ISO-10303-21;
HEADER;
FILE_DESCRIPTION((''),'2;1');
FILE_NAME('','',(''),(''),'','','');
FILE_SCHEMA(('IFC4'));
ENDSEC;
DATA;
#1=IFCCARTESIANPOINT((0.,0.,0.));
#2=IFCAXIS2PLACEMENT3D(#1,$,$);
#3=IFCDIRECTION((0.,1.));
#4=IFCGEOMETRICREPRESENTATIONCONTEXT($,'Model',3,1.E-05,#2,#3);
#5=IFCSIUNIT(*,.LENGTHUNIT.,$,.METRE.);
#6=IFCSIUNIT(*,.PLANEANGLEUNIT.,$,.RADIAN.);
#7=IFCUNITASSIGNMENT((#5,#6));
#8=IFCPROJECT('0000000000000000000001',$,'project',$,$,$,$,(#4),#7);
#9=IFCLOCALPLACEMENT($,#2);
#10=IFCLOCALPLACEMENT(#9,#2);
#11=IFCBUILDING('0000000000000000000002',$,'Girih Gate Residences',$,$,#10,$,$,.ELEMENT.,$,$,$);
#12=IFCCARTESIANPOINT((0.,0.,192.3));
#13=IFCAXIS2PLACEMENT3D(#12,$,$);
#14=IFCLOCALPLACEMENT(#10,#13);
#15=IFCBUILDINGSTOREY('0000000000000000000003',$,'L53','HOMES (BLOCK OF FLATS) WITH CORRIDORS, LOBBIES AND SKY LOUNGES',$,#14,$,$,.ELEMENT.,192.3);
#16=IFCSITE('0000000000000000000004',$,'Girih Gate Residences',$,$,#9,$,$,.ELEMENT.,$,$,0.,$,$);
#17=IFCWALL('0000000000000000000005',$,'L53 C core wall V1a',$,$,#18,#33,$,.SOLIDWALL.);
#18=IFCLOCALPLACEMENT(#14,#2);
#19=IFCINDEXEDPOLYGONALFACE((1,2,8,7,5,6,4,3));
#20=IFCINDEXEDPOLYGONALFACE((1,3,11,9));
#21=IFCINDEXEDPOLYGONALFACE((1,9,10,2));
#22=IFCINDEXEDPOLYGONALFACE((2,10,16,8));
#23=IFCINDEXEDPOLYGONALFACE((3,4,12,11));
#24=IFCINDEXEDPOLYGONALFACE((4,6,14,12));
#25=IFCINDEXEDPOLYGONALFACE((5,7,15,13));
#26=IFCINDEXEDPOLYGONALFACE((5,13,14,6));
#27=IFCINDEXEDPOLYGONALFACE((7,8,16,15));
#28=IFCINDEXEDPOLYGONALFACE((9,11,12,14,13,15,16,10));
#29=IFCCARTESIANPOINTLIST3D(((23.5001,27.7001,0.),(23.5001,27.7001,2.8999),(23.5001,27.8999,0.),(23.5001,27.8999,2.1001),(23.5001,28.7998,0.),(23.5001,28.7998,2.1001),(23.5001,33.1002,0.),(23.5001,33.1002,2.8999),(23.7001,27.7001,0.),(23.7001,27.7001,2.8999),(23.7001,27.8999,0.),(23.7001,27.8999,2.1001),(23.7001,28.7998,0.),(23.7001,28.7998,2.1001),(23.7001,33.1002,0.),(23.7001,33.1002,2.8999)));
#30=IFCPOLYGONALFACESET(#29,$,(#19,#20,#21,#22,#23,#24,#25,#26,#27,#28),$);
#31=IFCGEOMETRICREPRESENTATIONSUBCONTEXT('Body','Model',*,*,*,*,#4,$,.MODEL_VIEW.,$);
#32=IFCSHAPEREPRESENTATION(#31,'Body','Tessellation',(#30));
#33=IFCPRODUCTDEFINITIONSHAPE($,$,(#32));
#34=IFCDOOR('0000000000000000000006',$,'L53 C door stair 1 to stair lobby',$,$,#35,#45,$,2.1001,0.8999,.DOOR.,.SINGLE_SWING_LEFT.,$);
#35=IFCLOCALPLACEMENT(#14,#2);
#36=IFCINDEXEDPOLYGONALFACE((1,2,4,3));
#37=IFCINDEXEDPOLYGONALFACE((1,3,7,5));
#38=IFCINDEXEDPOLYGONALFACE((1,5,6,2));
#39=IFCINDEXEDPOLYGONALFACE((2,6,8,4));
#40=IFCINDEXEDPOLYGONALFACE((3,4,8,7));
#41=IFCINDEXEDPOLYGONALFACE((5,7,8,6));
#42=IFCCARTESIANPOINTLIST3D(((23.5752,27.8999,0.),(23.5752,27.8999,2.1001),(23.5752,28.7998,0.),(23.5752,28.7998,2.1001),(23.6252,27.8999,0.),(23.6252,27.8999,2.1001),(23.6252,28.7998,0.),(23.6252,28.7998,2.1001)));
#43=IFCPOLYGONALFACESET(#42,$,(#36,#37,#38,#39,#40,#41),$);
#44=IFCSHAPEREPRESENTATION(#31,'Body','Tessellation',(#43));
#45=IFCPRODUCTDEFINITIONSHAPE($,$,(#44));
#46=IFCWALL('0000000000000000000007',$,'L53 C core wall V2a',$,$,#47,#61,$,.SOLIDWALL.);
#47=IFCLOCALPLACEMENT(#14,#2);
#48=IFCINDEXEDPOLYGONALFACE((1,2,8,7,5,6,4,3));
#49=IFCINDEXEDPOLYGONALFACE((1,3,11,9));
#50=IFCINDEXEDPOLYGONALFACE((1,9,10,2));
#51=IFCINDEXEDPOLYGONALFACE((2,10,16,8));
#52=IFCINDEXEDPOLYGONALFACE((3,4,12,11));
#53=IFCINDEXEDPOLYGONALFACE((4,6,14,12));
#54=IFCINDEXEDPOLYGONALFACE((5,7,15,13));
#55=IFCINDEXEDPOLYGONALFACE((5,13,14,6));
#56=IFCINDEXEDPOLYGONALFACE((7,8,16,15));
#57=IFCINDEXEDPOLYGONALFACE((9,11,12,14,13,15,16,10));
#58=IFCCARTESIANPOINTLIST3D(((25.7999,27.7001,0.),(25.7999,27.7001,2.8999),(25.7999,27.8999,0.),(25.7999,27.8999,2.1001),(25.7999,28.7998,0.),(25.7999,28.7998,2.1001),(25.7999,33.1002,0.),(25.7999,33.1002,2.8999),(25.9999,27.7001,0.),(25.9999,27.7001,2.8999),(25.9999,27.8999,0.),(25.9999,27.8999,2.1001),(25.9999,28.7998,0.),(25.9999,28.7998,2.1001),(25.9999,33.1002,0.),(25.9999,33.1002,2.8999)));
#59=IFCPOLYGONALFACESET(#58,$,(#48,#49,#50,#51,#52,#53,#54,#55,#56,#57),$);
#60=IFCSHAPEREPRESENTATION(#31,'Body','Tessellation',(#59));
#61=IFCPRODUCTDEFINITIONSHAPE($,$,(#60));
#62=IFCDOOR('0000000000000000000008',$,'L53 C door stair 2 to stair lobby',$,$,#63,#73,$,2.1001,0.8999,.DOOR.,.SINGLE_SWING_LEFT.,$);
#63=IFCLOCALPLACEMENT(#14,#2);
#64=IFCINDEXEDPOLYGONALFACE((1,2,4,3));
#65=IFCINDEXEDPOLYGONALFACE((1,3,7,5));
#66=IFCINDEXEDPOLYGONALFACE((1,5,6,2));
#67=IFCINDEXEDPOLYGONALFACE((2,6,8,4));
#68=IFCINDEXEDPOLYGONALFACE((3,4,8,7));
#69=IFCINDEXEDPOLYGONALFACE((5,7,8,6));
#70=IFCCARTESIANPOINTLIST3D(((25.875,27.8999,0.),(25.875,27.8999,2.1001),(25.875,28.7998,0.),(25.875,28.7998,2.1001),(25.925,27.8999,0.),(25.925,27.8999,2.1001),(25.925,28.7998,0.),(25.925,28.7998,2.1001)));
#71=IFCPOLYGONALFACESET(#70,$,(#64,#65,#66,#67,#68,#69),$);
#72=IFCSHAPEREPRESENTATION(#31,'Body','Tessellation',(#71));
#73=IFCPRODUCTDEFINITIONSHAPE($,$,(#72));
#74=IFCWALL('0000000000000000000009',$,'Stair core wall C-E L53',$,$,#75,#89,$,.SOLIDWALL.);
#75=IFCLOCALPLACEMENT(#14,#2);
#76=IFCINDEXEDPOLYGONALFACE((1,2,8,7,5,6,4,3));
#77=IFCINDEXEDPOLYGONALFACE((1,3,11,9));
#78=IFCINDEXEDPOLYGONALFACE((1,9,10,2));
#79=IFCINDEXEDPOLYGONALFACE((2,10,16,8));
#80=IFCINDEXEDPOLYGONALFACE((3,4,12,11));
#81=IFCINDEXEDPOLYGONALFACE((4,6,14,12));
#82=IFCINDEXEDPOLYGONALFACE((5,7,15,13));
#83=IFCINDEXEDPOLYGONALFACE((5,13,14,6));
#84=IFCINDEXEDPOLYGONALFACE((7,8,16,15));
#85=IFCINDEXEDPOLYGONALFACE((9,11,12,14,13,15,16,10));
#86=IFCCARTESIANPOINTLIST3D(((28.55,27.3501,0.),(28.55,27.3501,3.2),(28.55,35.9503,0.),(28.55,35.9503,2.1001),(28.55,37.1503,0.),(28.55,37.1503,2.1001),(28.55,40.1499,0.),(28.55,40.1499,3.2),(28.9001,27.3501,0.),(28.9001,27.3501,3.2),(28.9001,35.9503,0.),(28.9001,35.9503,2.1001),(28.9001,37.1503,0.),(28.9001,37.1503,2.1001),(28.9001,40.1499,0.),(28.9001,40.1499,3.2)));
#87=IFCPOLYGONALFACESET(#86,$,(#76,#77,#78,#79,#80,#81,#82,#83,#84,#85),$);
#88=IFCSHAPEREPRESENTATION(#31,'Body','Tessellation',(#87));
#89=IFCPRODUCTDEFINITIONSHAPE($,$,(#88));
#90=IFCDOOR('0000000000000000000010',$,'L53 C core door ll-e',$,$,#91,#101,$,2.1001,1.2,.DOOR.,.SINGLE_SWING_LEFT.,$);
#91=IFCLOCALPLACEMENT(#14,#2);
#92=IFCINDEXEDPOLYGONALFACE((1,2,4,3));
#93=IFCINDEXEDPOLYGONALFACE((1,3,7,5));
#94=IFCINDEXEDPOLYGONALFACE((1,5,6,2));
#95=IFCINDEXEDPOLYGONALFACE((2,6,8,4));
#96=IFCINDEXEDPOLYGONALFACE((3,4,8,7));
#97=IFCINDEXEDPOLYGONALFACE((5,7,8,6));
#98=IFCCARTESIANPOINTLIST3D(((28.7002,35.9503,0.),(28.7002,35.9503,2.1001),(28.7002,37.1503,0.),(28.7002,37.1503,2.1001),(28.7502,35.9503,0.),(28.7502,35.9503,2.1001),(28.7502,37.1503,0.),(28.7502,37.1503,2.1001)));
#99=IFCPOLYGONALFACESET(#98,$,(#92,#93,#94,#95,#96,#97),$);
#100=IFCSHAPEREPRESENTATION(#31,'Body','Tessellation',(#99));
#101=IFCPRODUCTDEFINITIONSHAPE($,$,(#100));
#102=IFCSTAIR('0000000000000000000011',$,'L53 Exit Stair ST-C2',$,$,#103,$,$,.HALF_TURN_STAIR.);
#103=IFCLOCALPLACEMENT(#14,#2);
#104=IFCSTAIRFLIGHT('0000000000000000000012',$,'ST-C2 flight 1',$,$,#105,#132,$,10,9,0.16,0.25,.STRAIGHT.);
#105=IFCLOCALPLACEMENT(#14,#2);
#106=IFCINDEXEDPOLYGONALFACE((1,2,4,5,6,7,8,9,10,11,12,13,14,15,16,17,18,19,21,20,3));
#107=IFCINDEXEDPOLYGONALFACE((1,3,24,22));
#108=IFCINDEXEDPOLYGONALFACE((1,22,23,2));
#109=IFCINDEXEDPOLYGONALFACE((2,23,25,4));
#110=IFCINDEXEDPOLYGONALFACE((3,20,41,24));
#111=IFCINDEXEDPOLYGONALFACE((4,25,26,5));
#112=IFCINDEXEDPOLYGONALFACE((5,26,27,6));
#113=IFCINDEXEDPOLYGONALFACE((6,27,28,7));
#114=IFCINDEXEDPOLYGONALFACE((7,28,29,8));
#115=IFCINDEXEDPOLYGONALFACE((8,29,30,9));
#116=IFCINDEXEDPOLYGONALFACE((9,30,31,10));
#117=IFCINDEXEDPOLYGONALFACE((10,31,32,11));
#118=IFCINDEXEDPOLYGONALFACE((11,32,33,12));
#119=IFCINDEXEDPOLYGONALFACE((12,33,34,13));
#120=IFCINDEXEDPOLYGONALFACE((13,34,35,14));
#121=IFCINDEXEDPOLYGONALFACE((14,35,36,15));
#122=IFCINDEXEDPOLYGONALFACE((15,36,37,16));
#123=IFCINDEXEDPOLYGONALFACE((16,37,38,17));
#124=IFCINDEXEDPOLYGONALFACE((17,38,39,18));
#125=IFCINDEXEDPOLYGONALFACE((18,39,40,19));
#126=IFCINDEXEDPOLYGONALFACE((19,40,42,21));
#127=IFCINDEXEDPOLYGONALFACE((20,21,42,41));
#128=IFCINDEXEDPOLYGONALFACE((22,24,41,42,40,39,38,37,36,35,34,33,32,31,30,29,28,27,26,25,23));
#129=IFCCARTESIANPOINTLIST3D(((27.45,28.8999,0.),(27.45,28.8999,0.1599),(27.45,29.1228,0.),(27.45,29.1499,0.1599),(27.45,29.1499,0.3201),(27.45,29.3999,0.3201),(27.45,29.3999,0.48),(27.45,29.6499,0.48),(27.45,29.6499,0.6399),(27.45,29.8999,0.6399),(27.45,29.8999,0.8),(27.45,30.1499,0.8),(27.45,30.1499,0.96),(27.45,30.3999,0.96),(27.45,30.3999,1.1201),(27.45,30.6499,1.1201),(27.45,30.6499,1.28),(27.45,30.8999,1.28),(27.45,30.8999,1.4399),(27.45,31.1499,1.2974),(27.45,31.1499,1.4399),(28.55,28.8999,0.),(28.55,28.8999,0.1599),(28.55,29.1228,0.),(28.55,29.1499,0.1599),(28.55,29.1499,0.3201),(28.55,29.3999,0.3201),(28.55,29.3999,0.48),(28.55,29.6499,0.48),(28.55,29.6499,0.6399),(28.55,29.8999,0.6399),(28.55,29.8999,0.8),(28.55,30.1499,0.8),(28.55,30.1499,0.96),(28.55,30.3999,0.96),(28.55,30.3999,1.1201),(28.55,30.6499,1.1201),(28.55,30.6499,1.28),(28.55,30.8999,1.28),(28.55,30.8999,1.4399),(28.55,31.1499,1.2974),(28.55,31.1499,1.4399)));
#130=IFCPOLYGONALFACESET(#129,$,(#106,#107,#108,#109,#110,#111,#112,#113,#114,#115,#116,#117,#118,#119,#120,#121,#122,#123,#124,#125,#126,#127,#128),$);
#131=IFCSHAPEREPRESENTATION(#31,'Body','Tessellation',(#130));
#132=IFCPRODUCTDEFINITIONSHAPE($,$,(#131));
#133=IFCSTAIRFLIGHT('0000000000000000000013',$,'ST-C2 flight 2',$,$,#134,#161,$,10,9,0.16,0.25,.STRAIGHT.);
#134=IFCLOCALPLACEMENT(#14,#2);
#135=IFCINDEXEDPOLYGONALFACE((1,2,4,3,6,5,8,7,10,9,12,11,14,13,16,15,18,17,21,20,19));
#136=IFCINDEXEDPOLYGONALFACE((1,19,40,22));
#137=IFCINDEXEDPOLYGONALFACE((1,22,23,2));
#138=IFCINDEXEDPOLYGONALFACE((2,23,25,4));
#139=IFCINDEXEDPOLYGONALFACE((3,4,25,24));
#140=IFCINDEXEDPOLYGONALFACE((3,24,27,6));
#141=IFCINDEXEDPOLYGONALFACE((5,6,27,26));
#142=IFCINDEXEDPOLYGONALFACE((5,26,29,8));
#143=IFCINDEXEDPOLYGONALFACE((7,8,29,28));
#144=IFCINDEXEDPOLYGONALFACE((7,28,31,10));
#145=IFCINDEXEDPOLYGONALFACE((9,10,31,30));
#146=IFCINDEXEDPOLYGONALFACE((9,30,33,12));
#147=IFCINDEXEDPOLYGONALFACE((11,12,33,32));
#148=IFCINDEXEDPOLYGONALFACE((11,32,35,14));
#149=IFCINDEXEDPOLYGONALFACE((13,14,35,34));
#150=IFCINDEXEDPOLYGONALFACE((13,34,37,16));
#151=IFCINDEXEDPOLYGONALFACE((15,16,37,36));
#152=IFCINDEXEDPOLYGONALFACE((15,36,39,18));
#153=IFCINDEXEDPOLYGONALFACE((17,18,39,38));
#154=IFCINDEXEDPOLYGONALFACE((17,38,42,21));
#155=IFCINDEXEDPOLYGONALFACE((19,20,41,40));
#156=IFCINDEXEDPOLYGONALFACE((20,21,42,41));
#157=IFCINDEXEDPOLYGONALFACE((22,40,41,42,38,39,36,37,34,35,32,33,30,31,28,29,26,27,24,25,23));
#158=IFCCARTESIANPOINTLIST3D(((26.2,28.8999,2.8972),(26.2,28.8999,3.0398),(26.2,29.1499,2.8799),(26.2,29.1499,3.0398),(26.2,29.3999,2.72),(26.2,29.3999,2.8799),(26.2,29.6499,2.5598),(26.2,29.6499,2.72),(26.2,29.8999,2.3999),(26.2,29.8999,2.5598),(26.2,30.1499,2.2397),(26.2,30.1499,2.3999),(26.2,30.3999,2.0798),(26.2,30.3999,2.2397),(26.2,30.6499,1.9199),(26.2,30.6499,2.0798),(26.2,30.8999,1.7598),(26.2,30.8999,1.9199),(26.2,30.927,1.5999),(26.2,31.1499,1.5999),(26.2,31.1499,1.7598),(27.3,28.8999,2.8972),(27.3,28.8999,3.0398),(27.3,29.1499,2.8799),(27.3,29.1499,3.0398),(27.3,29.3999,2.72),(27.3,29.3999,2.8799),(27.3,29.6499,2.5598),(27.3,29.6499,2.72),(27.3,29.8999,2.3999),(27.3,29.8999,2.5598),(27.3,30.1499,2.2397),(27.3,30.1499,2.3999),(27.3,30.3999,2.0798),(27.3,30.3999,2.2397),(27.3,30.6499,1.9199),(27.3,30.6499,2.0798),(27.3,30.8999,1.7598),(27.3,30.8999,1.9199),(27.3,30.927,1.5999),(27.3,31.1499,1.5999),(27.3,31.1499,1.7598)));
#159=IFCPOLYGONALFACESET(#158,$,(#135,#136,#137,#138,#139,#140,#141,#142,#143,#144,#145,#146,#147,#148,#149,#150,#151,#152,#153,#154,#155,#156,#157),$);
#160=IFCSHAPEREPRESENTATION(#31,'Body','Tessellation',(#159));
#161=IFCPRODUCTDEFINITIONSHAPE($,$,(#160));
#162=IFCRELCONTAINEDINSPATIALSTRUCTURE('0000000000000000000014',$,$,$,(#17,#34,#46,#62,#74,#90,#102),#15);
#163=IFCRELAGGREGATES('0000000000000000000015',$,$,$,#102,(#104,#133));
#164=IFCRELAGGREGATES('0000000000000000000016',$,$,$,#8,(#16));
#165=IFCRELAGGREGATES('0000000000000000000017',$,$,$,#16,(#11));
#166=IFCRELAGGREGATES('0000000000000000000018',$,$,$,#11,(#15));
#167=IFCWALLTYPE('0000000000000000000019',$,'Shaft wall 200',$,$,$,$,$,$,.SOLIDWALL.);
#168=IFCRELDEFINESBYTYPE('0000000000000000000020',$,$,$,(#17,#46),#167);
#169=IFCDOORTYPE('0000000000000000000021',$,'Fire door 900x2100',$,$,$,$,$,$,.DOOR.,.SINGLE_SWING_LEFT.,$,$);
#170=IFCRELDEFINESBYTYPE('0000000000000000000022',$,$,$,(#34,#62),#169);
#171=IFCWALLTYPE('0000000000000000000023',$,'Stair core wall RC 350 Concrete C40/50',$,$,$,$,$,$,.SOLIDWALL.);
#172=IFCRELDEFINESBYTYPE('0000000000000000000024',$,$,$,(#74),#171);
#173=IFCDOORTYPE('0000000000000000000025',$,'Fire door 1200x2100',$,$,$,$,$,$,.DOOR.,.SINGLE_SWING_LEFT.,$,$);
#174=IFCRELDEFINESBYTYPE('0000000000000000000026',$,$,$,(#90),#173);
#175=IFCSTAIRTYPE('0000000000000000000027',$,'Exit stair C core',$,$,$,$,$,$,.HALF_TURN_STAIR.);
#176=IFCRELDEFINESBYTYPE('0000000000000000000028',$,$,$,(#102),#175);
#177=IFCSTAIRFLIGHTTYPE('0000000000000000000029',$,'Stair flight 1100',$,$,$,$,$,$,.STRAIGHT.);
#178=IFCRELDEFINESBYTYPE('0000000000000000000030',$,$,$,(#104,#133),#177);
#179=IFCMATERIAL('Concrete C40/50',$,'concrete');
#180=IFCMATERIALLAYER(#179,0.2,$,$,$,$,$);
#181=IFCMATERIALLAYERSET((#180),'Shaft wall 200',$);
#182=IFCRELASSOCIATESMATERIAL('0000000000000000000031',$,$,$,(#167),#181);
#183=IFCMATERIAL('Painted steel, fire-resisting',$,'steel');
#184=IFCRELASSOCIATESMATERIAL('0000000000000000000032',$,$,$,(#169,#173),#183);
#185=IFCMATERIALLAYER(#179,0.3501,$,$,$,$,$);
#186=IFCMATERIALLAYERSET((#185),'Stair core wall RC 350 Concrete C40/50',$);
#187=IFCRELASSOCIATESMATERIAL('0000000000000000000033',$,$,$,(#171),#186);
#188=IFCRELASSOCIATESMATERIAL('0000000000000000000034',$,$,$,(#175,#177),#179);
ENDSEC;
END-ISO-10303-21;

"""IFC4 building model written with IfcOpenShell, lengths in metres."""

from ifc_helpers import new_model, si_unit, direction, frame, frame_2d, origin, place, context, subcontext, project, spatial, polyline, rectangle, outline, extrude, material, layer, layer_set, type_object, element, fill, aggregate, save


model = new_model("IFC4")

# Units and contexts
model_context = context("Model", 3, precision=1e-05, world=origin(), true_north=direction((0.0, 1.0)))
body_context = subcontext(model_context, "Body", "Model", "MODEL_VIEW")
ifc_project = project(units=[si_unit("LENGTHUNIT", "METRE"), si_unit("PLANEANGLEUNIT", "RADIAN")], contexts=[model_context])

# Site, building, storey
site_placement = place(None, origin())
site = spatial("IfcSite", under=ifc_project, at=site_placement, Name="Girih Gate Residences", CompositionType="ELEMENT", RefElevation=0.0)
building_placement = place(site_placement, origin())
building = spatial("IfcBuilding", under=site, at=building_placement, Name="Girih Gate Residences", CompositionType="ELEMENT")
storey_placement = place(building_placement, frame((0.0, 0.0, 192.3)))
storey = spatial("IfcBuildingStorey", under=building, at=storey_placement, Name="L53", Description="HOMES (BLOCK OF FLATS) WITH CORRIDORS, LOBBIES AND SKY LOUNGES", CompositionType="ELEMENT", Elevation=192.3)

# Walls, openings, doors
ifc_material_1 = material(Name="Concrete C40/50", Category="concrete")
ifc_layer_1 = layer(ifc_material_1, 0.2)
ifc_layer_set_1 = layer_set([ifc_layer_1], Name="Shaft wall 200")
wall_type_1 = type_object("IfcWallType", Name="Shaft wall 200", PredefinedType="SOLIDWALL", material=ifc_layer_set_1)
wall_1_placement = place(storey_placement, frame((23.6001, 27.7, 0.0), z_axis=(0.0, 0.0, 1.0), x_axis=(0.0, 1.0, 0.0)))
wall_1 = element("IfcWall", 1, at=wall_1_placement, inside=storey, type_object=wall_type_1, Name="L53 C core wall V1a", PredefinedType="SOLIDWALL", context=body_context, shape_type="SweptSolid", body=[
    extrude(rectangle(XDim=5.4001, YDim=0.2, at=frame_2d((2.7002, 0.0))), origin(), (0.0, 0.0, 1.0), 2.8999),
])
opening_1_placement = place(wall_1_placement, frame((0.2, 0.0, 0.0)))
opening_1 = element("IfcOpeningElement", 2, at=opening_1_placement, cuts=wall_1, PredefinedType="OPENING", context=body_context, shape_type="SweptSolid", body=[
    extrude(rectangle(XDim=0.8999, YDim=2.1001, at=frame_2d((0.45, 1.05))), frame((0.0, 0.1099, 0.0), z_axis=(0.0, -1.0, 0.0), x_axis=(1.0, 0.0, 0.0)), (0.0, 0.0, 1.0), 0.22),
])
ifc_material_2 = material(Name="Painted steel, fire-resisting", Category="steel")
door_type_1 = type_object("IfcDoorType", Name="Fire door 900x2100", OperationType="SINGLE_SWING_LEFT", PredefinedType="DOOR", material=ifc_material_2)
door_1_placement = place(opening_1_placement, origin())
door_1 = element("IfcDoor", 3, at=door_1_placement, inside=storey, type_object=door_type_1, Name="L53 C door stair 1 to stair lobby", OperationType="SINGLE_SWING_LEFT", OverallHeight=2.1001, OverallWidth=0.8999, PredefinedType="DOOR", context=body_context, shape_type="SweptSolid", body=[
    extrude(rectangle(XDim=0.8999, YDim=2.1001, at=frame_2d((0.45, 1.05))), frame((0.0, 0.0249, 0.0), z_axis=(0.0, -1.0, 0.0), x_axis=(1.0, 0.0, 0.0)), (0.0, 0.0, 1.0), 0.05),
])
fill(opening_1, door_1)
wall_2_placement = place(storey_placement, frame((25.8999, 27.7, 0.0), z_axis=(0.0, 0.0, 1.0), x_axis=(0.0, 1.0, 0.0)))
wall_2 = element("IfcWall", 4, at=wall_2_placement, inside=storey, type_object=wall_type_1, Name="L53 C core wall V2a", PredefinedType="SOLIDWALL", context=body_context, shape_type="SweptSolid", body=[
    extrude(rectangle(XDim=5.4001, YDim=0.2, at=frame_2d((2.7002, 0.0))), origin(), (0.0, 0.0, 1.0), 2.8999),
])
opening_2_placement = place(wall_2_placement, frame((0.2, 0.0, 0.0)))
opening_2 = element("IfcOpeningElement", 5, at=opening_2_placement, cuts=wall_2, PredefinedType="OPENING", context=body_context, shape_type="SweptSolid", body=[
    extrude(rectangle(XDim=0.8999, YDim=2.1001, at=frame_2d((0.45, 1.05))), frame((0.0, 0.1099, 0.0), z_axis=(0.0, -1.0, 0.0), x_axis=(1.0, 0.0, 0.0)), (0.0, 0.0, 1.0), 0.22),
])
door_2_placement = place(opening_2_placement, origin())
door_2 = element("IfcDoor", 6, at=door_2_placement, inside=storey, type_object=door_type_1, Name="L53 C door stair 2 to stair lobby", OperationType="SINGLE_SWING_LEFT", OverallHeight=2.1001, OverallWidth=0.8999, PredefinedType="DOOR", context=body_context, shape_type="SweptSolid", body=[
    extrude(rectangle(XDim=0.8999, YDim=2.1001, at=frame_2d((0.45, 1.05))), frame((0.0, 0.0249, 0.0), z_axis=(0.0, -1.0, 0.0), x_axis=(1.0, 0.0, 0.0)), (0.0, 0.0, 1.0), 0.05),
])
fill(opening_2, door_2)
ifc_layer_2 = layer(ifc_material_1, 0.3501)
ifc_layer_set_2 = layer_set([ifc_layer_2], Name="Stair core wall RC 350 Concrete C40/50")
wall_type_2 = type_object("IfcWallType", Name="Stair core wall RC 350 Concrete C40/50", PredefinedType="SOLIDWALL", material=ifc_layer_set_2)
wall_3_placement = place(storey_placement, frame((28.7251, 27.3501, 0.0), z_axis=(0.0, 0.0, 1.0), x_axis=(0.0, 1.0, 0.0)))
wall_3 = element("IfcWall", 7, at=wall_3_placement, inside=storey, type_object=wall_type_2, Name="Stair core wall C-E L53", PredefinedType="SOLIDWALL", context=body_context, shape_type="SweptSolid", body=[
    extrude(rectangle(XDim=12.7998, YDim=0.3501, at=frame_2d((6.3999, 0.0))), origin(), (0.0, 0.0, 1.0), 3.2),
])
opening_3_placement = place(wall_3_placement, frame((8.6001, 0.0, 0.0)))
opening_3 = element("IfcOpeningElement", 8, at=opening_3_placement, cuts=wall_3, PredefinedType="OPENING", context=body_context, shape_type="SweptSolid", body=[
    extrude(rectangle(XDim=1.2, YDim=2.1001, at=frame_2d((0.6001, 1.05))), frame((0.0, 0.1851, 0.0), z_axis=(0.0, -1.0, 0.0), x_axis=(1.0, 0.0, 0.0)), (0.0, 0.0, 1.0), 0.3701),
])
door_type_2 = type_object("IfcDoorType", Name="Fire door 1200x2100", OperationType="SINGLE_SWING_LEFT", PredefinedType="DOOR", material=ifc_material_2)
door_3_placement = place(opening_3_placement, origin())
door_3 = element("IfcDoor", 9, at=door_3_placement, inside=storey, type_object=door_type_2, Name="L53 C core door ll-e", OperationType="SINGLE_SWING_LEFT", OverallHeight=2.1001, OverallWidth=1.2, PredefinedType="DOOR", context=body_context, shape_type="SweptSolid", body=[
    extrude(rectangle(XDim=1.2, YDim=2.1001, at=frame_2d((0.6001, 1.05))), frame((0.0, 0.0249, 0.0), z_axis=(0.0, -1.0, 0.0), x_axis=(1.0, 0.0, 0.0)), (0.0, 0.0, 1.0), 0.05),
])
fill(opening_3, door_3)

# Stair, stair flights
stair_type = type_object("IfcStairType", Name="Exit stair C core", PredefinedType="HALF_TURN_STAIR", material=ifc_material_1)
stair_placement = place(storey_placement, origin())
stair = element("IfcStair", 10, at=stair_placement, inside=storey, type_object=stair_type, Name="L53 Exit Stair ST-C2", PredefinedType="HALF_TURN_STAIR")
stair_flight_type = type_object("IfcStairFlightType", Name="Stair flight 1100", PredefinedType="STRAIGHT", material=ifc_material_1)
stair_flight_1_placement = place(storey_placement, frame((28.0, 28.8999, 0.0), z_axis=(0.0, 0.0, 1.0), x_axis=(0.0, 1.0, 0.0)))
stair_flight_1 = element("IfcStairFlight", 11, at=stair_flight_1_placement, type_object=stair_flight_type, Name="ST-C2 flight 1", NumberOfRisers=10, NumberOfTreads=9, PredefinedType="STRAIGHT", RiserHeight=0.16, TreadLength=0.25, context=body_context, shape_type="SweptSolid", body=[
    extrude(outline(polyline([(0.0, 0.0), (0.0, 0.1599), (0.25, 0.1599), (0.25, 0.3201), (0.5, 0.3201), (0.5, 0.48), (0.75, 0.48), (0.75, 0.6399), (1.0, 0.6399), (1.0, 0.8), (1.25, 0.8), (1.25, 0.96), (1.5, 0.96), (1.5, 1.1201), (1.75, 1.1201), (1.75, 1.28), (2.0, 1.28), (2.0, 1.4399), (2.25, 1.4399), (2.25, 1.6001), (2.25, 1.2974), (0.2229, 0.0), (0.0, 0.0)])), frame((0.0, 0.55, 0.0), z_axis=(0.0, -1.0, 0.0), x_axis=(1.0, 0.0, 0.0)), (0.0, 0.0, 1.0), 1.1001),
])
stair_flight_2_placement = place(storey_placement, frame((26.75, 31.1499, 1.5999), z_axis=(0.0, 0.0, 1.0), x_axis=(0.0, -1.0, 0.0)))
stair_flight_2 = element("IfcStairFlight", 12, at=stair_flight_2_placement, type_object=stair_flight_type, Name="ST-C2 flight 2", NumberOfRisers=10, NumberOfTreads=9, PredefinedType="STRAIGHT", RiserHeight=0.16, TreadLength=0.25, context=body_context, shape_type="SweptSolid", body=[
    extrude(outline(polyline([(0.0, 0.0), (0.0, 0.1599), (0.25, 0.1599), (0.25, 0.3201), (0.5, 0.3201), (0.5, 0.48), (0.75, 0.48), (0.75, 0.6399), (1.0, 0.6399), (1.0, 0.8), (1.25, 0.8), (1.25, 0.96), (1.5, 0.96), (1.5, 1.1201), (1.75, 1.1201), (1.75, 1.28), (2.0, 1.28), (2.0, 1.4399), (2.25, 1.4399), (2.25, 1.6001), (2.25, 1.2974), (0.2229, 0.0), (0.0, 0.0)])), frame((0.0, 0.55, 0.0), z_axis=(0.0, -1.0, 0.0), x_axis=(1.0, 0.0, 0.0)), (0.0, 0.0, 1.0), 1.1001),
])
aggregate(stair, [stair_flight_1, stair_flight_2])

save(model, "model.ifc")
